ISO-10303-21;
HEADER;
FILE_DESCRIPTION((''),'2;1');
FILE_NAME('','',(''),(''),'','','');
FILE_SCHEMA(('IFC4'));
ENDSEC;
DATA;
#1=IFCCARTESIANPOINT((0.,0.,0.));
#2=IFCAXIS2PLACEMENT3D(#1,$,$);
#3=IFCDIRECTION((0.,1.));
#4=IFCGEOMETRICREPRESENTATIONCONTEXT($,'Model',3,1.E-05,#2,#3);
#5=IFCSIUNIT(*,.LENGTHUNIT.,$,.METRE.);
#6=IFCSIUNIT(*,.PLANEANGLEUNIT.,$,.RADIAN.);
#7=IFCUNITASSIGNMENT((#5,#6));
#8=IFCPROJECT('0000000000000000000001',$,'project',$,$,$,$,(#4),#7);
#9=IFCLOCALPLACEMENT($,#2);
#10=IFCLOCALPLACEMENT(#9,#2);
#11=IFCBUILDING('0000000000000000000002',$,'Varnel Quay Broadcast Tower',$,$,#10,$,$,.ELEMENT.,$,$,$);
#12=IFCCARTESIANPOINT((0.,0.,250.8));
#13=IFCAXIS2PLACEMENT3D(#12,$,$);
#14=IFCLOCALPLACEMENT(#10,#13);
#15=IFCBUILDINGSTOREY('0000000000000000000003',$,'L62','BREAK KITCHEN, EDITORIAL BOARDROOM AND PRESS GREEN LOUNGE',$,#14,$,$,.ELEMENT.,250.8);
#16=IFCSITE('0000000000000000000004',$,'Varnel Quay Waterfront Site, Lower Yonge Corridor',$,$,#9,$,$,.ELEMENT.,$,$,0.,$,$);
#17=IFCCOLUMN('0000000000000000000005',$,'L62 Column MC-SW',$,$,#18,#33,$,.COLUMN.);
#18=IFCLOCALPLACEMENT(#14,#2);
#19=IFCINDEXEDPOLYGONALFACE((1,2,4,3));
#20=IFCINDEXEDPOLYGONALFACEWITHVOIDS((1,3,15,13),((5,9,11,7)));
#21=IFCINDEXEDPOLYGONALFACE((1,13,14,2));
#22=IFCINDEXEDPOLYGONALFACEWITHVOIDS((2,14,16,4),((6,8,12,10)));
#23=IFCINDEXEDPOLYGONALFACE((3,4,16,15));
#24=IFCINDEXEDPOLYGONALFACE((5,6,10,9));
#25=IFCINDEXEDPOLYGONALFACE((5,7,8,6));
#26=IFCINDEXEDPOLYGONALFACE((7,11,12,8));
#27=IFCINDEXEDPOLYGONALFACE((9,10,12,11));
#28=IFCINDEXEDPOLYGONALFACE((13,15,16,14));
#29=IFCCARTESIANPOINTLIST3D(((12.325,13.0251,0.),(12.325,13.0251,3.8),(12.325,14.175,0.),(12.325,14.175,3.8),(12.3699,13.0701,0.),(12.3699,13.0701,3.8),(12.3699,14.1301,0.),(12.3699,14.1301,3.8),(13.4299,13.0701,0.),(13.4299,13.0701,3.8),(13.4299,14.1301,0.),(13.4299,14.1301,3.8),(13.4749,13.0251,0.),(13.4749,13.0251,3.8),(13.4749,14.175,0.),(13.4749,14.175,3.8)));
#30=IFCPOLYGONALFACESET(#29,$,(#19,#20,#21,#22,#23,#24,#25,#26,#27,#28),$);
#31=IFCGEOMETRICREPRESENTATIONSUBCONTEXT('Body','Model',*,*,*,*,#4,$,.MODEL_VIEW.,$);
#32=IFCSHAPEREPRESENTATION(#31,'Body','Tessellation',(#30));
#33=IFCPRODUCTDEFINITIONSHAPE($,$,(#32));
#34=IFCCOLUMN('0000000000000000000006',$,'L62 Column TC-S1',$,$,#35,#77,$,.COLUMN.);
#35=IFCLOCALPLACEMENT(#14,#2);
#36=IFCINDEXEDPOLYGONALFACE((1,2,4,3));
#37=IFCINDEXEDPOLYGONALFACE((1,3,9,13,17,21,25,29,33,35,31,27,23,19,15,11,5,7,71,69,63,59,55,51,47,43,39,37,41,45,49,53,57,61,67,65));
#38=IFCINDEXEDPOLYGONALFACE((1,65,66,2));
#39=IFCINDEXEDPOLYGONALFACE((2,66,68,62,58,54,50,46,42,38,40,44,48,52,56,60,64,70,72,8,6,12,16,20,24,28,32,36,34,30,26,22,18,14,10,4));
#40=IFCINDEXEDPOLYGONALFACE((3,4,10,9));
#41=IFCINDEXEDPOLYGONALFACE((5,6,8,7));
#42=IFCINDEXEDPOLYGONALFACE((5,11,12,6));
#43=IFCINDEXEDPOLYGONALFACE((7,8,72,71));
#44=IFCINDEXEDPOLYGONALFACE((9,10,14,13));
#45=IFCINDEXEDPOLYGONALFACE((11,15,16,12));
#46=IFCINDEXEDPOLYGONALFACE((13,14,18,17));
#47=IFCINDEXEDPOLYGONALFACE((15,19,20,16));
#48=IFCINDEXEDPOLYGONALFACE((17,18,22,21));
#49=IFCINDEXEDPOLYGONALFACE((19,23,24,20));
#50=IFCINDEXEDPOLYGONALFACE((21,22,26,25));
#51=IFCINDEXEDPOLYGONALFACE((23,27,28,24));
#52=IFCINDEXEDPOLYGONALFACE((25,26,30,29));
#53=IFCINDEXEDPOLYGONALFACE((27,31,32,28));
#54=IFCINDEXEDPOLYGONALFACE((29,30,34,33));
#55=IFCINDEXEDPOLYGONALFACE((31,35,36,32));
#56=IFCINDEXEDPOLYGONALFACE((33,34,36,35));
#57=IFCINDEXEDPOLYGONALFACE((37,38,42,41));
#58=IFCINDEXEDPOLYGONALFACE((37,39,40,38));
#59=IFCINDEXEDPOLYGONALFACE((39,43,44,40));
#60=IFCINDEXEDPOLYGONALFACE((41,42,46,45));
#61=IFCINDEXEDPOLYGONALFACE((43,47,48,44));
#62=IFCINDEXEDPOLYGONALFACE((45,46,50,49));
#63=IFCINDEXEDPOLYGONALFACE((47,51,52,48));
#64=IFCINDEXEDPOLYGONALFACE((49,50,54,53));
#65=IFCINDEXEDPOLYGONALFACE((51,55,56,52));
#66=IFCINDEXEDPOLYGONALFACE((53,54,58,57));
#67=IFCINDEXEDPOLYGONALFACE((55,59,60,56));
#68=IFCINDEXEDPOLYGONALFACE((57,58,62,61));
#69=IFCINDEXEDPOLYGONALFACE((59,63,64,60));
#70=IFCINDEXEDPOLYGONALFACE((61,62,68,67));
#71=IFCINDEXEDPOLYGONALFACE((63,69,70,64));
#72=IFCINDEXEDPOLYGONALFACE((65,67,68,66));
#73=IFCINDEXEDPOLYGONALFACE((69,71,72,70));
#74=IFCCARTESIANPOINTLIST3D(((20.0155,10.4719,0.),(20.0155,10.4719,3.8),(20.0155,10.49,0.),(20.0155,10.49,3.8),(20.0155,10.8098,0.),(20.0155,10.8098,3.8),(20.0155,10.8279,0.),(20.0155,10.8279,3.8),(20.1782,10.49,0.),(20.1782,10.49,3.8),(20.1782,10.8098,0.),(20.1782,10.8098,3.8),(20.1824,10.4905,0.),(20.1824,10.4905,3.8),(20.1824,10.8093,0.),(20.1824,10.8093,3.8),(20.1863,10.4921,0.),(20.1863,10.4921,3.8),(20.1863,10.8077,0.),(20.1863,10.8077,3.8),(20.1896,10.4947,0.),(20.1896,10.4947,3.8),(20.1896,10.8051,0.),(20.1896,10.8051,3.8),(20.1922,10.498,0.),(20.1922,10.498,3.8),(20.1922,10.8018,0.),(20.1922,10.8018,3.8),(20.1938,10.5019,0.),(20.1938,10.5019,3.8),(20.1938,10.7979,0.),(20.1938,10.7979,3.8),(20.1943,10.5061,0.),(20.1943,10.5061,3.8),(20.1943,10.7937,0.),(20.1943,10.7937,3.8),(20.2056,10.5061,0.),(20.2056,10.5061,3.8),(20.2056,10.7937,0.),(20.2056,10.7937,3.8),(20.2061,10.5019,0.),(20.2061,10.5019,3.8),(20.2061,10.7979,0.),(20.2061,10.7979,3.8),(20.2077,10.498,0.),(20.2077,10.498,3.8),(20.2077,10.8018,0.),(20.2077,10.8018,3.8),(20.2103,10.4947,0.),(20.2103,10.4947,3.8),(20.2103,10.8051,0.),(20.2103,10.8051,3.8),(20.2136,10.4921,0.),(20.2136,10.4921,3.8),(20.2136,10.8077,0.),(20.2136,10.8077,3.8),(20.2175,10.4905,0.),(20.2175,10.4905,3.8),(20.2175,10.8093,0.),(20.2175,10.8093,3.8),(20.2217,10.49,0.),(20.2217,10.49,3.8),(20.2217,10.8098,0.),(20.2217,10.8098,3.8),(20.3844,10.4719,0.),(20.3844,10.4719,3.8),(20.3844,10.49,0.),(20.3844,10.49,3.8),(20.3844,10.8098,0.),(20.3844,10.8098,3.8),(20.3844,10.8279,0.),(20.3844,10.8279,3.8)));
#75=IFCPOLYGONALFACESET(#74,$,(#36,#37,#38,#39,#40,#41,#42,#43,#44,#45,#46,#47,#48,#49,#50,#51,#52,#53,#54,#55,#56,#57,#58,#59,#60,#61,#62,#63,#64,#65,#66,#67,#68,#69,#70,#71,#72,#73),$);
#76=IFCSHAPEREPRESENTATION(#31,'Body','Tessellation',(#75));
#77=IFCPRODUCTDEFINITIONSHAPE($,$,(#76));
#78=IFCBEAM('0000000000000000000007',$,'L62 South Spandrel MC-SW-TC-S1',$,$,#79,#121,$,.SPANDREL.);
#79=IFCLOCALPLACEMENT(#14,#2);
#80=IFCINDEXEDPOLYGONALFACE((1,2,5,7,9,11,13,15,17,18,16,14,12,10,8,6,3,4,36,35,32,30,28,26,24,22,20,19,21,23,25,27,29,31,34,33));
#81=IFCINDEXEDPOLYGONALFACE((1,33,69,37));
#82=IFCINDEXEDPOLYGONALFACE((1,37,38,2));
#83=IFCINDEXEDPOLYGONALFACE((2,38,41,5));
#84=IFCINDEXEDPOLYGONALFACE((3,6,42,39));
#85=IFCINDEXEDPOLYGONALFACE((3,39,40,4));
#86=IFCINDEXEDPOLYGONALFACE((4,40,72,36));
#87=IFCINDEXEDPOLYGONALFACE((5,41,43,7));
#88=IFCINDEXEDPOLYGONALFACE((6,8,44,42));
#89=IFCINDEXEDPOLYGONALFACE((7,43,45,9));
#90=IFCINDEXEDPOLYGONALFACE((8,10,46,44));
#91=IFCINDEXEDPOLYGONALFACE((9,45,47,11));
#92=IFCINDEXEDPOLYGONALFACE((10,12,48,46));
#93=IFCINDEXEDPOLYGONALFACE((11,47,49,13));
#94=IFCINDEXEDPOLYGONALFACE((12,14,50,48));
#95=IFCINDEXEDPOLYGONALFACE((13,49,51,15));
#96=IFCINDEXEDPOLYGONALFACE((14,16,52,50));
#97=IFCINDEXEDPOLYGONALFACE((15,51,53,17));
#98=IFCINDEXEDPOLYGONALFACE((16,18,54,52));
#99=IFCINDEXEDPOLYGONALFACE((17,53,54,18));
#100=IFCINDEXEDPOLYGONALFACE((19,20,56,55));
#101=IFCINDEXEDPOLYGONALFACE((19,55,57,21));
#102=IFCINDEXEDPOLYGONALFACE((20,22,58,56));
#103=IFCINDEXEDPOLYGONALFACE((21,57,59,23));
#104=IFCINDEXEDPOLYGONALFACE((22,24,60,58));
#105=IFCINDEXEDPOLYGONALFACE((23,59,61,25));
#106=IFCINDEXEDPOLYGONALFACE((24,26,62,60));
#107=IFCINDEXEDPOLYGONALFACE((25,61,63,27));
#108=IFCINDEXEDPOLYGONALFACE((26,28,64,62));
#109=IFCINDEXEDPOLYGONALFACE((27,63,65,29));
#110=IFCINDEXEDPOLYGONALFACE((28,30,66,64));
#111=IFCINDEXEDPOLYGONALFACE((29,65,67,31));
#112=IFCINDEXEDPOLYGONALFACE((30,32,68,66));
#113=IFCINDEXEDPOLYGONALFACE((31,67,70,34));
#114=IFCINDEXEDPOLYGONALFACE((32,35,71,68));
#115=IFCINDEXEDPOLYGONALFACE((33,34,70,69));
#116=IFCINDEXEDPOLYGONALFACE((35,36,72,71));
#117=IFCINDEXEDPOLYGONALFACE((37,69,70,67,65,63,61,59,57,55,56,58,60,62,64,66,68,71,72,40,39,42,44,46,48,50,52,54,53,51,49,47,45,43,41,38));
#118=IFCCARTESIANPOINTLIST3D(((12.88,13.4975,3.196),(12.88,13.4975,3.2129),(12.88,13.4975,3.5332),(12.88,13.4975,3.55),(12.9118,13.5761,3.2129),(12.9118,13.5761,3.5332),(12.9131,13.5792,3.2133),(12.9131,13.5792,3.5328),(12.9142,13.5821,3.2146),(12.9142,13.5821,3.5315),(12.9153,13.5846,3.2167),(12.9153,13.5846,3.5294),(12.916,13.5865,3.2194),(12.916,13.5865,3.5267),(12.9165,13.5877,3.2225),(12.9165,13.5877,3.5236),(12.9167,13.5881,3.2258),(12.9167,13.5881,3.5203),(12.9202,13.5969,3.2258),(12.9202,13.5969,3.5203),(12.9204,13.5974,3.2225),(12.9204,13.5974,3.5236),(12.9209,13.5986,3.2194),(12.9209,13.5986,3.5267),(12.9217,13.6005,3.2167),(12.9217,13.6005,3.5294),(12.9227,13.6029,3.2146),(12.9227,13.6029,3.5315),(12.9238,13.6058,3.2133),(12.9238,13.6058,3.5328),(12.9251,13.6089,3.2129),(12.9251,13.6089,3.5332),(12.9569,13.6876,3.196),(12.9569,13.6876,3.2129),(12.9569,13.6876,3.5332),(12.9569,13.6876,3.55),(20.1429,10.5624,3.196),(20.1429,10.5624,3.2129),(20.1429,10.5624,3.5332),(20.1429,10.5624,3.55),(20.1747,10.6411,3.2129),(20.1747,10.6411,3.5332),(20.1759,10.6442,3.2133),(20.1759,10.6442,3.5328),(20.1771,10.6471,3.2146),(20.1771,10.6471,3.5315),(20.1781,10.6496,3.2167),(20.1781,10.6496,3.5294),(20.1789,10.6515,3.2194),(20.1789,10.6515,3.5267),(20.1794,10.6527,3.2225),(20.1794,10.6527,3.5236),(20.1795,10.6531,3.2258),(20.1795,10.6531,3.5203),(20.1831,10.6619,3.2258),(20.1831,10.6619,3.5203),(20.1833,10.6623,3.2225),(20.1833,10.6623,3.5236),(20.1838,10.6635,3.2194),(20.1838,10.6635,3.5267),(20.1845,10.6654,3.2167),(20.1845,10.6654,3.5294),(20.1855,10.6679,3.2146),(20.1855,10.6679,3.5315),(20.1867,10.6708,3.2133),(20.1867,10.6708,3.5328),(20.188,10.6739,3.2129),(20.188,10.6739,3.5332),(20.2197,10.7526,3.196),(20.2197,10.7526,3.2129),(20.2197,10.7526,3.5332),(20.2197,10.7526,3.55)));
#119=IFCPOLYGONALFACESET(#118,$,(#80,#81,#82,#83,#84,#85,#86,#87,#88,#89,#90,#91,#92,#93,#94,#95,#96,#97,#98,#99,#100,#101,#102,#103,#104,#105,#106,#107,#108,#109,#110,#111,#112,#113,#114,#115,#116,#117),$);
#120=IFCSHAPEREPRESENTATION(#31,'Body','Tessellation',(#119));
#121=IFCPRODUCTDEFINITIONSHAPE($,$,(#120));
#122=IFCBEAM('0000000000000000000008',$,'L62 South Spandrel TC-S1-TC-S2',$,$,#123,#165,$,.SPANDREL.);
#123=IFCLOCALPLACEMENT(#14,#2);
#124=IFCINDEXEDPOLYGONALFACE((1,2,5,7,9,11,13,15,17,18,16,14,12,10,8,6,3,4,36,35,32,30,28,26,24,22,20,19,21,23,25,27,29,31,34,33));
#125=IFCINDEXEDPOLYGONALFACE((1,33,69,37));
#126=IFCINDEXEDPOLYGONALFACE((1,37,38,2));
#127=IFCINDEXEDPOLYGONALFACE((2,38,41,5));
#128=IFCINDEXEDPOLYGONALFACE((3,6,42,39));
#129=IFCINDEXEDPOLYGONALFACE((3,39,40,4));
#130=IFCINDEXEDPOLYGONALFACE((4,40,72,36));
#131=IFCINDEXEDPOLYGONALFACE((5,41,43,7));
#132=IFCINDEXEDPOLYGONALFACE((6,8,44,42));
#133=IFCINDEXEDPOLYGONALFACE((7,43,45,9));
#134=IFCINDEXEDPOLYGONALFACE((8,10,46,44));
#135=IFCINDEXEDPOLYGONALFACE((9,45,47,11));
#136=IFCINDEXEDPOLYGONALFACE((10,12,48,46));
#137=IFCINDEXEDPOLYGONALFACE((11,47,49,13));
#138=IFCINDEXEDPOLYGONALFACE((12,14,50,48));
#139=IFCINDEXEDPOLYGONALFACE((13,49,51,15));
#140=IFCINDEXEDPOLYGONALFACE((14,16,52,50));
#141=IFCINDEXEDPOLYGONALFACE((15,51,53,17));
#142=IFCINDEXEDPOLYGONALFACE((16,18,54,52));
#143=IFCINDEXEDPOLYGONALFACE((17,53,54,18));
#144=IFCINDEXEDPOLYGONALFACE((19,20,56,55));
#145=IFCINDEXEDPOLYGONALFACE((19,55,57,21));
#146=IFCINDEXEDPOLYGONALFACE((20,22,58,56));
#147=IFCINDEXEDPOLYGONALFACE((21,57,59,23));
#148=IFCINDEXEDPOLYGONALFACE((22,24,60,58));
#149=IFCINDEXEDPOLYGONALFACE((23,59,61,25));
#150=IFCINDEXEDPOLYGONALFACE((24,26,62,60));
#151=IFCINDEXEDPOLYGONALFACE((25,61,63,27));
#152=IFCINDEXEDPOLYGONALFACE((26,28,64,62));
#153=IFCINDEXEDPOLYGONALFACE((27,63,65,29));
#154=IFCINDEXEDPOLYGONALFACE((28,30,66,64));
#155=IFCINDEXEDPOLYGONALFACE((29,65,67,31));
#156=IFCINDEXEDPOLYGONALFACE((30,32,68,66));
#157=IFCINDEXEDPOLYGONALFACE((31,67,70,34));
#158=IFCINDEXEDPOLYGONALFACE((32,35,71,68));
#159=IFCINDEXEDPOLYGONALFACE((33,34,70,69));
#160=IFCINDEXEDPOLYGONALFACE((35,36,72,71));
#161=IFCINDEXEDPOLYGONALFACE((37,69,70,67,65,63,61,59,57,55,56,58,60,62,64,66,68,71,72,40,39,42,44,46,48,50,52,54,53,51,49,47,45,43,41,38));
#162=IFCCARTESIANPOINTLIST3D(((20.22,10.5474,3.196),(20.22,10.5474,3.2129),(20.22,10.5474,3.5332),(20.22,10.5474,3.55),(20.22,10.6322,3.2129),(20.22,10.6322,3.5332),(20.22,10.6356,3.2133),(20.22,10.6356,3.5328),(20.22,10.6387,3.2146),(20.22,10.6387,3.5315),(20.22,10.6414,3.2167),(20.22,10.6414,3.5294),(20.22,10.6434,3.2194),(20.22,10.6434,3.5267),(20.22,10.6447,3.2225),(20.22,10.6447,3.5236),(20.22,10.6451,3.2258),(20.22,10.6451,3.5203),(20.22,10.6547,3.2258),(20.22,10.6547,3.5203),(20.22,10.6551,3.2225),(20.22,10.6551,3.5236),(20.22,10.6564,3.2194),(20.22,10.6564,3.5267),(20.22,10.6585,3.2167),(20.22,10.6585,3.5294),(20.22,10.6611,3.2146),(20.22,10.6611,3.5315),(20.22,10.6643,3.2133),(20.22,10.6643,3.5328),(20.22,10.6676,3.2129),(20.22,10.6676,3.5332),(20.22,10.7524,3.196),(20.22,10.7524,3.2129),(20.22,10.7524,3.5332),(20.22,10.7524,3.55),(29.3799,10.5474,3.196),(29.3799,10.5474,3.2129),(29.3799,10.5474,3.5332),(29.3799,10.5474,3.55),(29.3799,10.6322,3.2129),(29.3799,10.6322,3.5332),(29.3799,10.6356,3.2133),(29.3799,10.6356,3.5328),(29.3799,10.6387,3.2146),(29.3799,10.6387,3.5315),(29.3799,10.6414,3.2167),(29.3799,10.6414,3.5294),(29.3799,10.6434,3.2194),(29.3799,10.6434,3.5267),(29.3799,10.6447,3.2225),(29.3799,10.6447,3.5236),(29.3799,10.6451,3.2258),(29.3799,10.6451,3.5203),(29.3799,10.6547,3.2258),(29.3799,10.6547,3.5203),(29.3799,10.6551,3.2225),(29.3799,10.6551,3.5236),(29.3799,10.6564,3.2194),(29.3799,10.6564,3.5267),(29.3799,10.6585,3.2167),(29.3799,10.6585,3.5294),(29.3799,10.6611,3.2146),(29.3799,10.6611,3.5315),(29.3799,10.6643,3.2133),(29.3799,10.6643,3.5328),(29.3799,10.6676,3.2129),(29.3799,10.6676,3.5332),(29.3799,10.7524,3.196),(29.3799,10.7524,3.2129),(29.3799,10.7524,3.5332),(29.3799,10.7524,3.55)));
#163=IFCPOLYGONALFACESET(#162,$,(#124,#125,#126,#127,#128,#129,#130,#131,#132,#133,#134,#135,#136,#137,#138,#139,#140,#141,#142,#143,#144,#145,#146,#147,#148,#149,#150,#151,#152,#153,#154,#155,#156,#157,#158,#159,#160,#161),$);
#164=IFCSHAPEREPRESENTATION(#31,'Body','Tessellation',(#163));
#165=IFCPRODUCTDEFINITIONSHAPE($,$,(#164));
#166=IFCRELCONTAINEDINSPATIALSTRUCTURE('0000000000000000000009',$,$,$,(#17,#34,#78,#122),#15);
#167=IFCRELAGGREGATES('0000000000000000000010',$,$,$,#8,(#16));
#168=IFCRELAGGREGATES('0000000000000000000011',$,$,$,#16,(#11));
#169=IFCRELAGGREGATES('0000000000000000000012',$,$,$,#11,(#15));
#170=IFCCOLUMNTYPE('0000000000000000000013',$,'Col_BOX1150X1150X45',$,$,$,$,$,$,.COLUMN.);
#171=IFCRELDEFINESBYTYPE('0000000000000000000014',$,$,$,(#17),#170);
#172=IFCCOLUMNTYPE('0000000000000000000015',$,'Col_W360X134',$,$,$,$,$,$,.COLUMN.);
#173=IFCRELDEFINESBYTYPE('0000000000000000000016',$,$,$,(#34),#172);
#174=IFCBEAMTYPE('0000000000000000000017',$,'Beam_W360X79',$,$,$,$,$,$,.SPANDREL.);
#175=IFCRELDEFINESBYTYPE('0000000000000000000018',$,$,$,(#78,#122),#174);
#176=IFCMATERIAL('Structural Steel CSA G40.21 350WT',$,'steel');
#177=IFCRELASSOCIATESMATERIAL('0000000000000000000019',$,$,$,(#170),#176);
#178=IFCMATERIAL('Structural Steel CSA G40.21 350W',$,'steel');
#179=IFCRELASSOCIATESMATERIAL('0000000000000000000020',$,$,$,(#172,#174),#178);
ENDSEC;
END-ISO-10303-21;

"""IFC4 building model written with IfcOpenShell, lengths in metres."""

from ifc_helpers import new_model, si_unit, direction, frame, origin, origin_2d, place, context, subcontext, project, spatial, hollow_rectangle, i_section, extrude, source, transform, mapped, material, material_profile, profile_set, type_object, type_shapes, element, save


model = new_model("IFC4")

# Units and contexts
model_context = context("Model", 3, precision=1e-05, world=origin(), true_north=direction((0.0, 1.0)))
body_context = subcontext(model_context, "Body", "Model", "MODEL_VIEW")
ifc_project = project(units=[si_unit("LENGTHUNIT", "METRE"), si_unit("PLANEANGLEUNIT", "RADIAN")], contexts=[model_context])

# Site, building, storey
site_placement = place(None, origin())
site = spatial("IfcSite", under=ifc_project, at=site_placement, Name="Varnel Quay Waterfront Site, Lower Yonge Corridor", CompositionType="ELEMENT", RefElevation=0.0)
building_placement = place(site_placement, origin())
building = spatial("IfcBuilding", under=site, at=building_placement, Name="Varnel Quay Broadcast Tower", CompositionType="ELEMENT")
storey_placement = place(building_placement, frame((0.0, 0.0, 250.8)))
storey = spatial("IfcBuildingStorey", under=building, at=storey_placement, Name="L62", Description="BREAK KITCHEN, EDITORIAL BOARDROOM AND PRESS GREEN LOUNGE", CompositionType="ELEMENT", Elevation=250.8)

# Columns
ifc_material_1 = material(Name="Structural Steel CSA G40.21 350WT", Category="steel")
ifc_material_profile_1 = material_profile(ifc_material_1, hollow_rectangle(XDim=1.1499, YDim=1.1499, WallThickness=0.0449, at=origin_2d()), Name="BOX1150X1150X45")
ifc_profile_set_1 = profile_set([ifc_material_profile_1], Name="Structural Steel CSA G40.21 350WT")
column_type_1 = type_object("IfcColumnType", Name="Col_BOX1150X1150X45", PredefinedType="COLUMN", material=ifc_profile_set_1)
shared_shape_1 = source(origin(), body_context, "Body", "SweptSolid", [
    extrude(hollow_rectangle(XDim=1.1499, YDim=1.1499, WallThickness=0.0449, at=origin_2d()), origin(), (0.0, 0.0, 1.0), 3.8),
])
type_shapes(column_type_1, [shared_shape_1])
column_1_placement = place(storey_placement, frame((12.8999, 13.6001, 0.0), z_axis=(0.0, 0.0, 1.0), x_axis=(1.0, 0.0, 0.0)))
element("IfcColumn", 1, at=column_1_placement, inside=storey, type_object=column_type_1, Name="L62 Column MC-SW", PredefinedType="COLUMN", context=body_context, shape_type="MappedRepresentation", body=[
    mapped(shared_shape_1, transform((0.0, 0.0, 0.0), x_axis=(1.0, 0.0, 0.0), y_axis=(0.0, 1.0, 0.0), z_axis=(0.0, 0.0, 1.0), scale=1.0)),
])
ifc_material_2 = material(Name="Structural Steel CSA G40.21 350W", Category="steel")
ifc_material_profile_2 = material_profile(ifc_material_2, i_section(OverallWidth=0.3689, OverallDepth=0.356, WebThickness=0.0112, FlangeThickness=0.0181, FilletRadius=0.0161, at=origin_2d()), Name="W360X134")
ifc_profile_set_2 = profile_set([ifc_material_profile_2], Name="Structural Steel CSA G40.21 350W")
column_type_2 = type_object("IfcColumnType", Name="Col_W360X134", PredefinedType="COLUMN", material=ifc_profile_set_2)
shared_shape_2 = source(origin(), body_context, "Body", "SweptSolid", [
    extrude(i_section(OverallWidth=0.3689, OverallDepth=0.356, WebThickness=0.0112, FlangeThickness=0.0181, FilletRadius=0.0161, at=origin_2d()), origin(), (0.0, 0.0, 1.0), 3.8),
])
type_shapes(column_type_2, [shared_shape_2])
column_2_placement = place(storey_placement, frame((20.2, 10.6499, 0.0), z_axis=(0.0, 0.0, 1.0), x_axis=(1.0, 0.0, 0.0)))
element("IfcColumn", 2, at=column_2_placement, inside=storey, type_object=column_type_2, Name="L62 Column TC-S1", PredefinedType="COLUMN", context=body_context, shape_type="MappedRepresentation", body=[
    mapped(shared_shape_2, transform((0.0, 0.0, 0.0), x_axis=(1.0, 0.0, 0.0), y_axis=(0.0, 1.0, 0.0), z_axis=(0.0, 0.0, 1.0), scale=1.0)),
])

# Beams
ifc_material_profile_3 = material_profile(ifc_material_2, i_section(OverallWidth=0.2051, OverallDepth=0.354, WebThickness=0.0095, FlangeThickness=0.0168, FilletRadius=0.0129, at=origin_2d()), Name="W360X79")
ifc_profile_set_3 = profile_set([ifc_material_profile_3], Name="Structural Steel CSA G40.21 350W")
beam_type_1 = type_object("IfcBeamType", Name="Beam_W360X79", PredefinedType="SPANDREL", material=ifc_profile_set_3)
shared_shape_3 = source(origin(), body_context, "Body", "SweptSolid", [
    extrude(i_section(OverallWidth=0.2051, OverallDepth=0.354, WebThickness=0.0095, FlangeThickness=0.0168, FilletRadius=0.0129, at=origin_2d()), origin(), (0.0, 0.0, 1.0), 7.8335),
])
beam_1_placement = place(storey_placement, frame((12.9185, 13.5925, 3.373), z_axis=(0.927155, -0.374677, 0.0), x_axis=(0.374677, 0.927155, 0.0)))
element("IfcBeam", 3, at=beam_1_placement, inside=storey, type_object=beam_type_1, Name="L62 South Spandrel MC-SW-TC-S1", PredefinedType="SPANDREL", context=body_context, shape_type="MappedRepresentation", body=[
    mapped(shared_shape_3, transform((0.0, 0.0, 0.0), x_axis=(1.0, 0.0, 0.0), y_axis=(0.0, 1.0, 0.0), z_axis=(0.0, 0.0, 1.0), scale=1.0)),
])
shared_shape_4 = source(origin(), body_context, "Body", "SweptSolid", [
    extrude(i_section(OverallWidth=0.2051, OverallDepth=0.354, WebThickness=0.0095, FlangeThickness=0.0168, FilletRadius=0.0129, at=origin_2d()), origin(), (0.0, 0.0, 1.0), 9.1599),
])
beam_2_placement = place(storey_placement, frame((20.22, 10.6499, 3.373), z_axis=(1.0, 0.0, 0.0), x_axis=(0.0, 1.0, 0.0)))
element("IfcBeam", 4, at=beam_2_placement, inside=storey, type_object=beam_type_1, Name="L62 South Spandrel TC-S1-TC-S2", PredefinedType="SPANDREL", context=body_context, shape_type="MappedRepresentation", body=[
    mapped(shared_shape_4, transform((0.0, 0.0, 0.0), x_axis=(1.0, 0.0, 0.0), y_axis=(0.0, 1.0, 0.0), z_axis=(0.0, 0.0, 1.0), scale=1.0)),
])

save(model, "model.ifc")
